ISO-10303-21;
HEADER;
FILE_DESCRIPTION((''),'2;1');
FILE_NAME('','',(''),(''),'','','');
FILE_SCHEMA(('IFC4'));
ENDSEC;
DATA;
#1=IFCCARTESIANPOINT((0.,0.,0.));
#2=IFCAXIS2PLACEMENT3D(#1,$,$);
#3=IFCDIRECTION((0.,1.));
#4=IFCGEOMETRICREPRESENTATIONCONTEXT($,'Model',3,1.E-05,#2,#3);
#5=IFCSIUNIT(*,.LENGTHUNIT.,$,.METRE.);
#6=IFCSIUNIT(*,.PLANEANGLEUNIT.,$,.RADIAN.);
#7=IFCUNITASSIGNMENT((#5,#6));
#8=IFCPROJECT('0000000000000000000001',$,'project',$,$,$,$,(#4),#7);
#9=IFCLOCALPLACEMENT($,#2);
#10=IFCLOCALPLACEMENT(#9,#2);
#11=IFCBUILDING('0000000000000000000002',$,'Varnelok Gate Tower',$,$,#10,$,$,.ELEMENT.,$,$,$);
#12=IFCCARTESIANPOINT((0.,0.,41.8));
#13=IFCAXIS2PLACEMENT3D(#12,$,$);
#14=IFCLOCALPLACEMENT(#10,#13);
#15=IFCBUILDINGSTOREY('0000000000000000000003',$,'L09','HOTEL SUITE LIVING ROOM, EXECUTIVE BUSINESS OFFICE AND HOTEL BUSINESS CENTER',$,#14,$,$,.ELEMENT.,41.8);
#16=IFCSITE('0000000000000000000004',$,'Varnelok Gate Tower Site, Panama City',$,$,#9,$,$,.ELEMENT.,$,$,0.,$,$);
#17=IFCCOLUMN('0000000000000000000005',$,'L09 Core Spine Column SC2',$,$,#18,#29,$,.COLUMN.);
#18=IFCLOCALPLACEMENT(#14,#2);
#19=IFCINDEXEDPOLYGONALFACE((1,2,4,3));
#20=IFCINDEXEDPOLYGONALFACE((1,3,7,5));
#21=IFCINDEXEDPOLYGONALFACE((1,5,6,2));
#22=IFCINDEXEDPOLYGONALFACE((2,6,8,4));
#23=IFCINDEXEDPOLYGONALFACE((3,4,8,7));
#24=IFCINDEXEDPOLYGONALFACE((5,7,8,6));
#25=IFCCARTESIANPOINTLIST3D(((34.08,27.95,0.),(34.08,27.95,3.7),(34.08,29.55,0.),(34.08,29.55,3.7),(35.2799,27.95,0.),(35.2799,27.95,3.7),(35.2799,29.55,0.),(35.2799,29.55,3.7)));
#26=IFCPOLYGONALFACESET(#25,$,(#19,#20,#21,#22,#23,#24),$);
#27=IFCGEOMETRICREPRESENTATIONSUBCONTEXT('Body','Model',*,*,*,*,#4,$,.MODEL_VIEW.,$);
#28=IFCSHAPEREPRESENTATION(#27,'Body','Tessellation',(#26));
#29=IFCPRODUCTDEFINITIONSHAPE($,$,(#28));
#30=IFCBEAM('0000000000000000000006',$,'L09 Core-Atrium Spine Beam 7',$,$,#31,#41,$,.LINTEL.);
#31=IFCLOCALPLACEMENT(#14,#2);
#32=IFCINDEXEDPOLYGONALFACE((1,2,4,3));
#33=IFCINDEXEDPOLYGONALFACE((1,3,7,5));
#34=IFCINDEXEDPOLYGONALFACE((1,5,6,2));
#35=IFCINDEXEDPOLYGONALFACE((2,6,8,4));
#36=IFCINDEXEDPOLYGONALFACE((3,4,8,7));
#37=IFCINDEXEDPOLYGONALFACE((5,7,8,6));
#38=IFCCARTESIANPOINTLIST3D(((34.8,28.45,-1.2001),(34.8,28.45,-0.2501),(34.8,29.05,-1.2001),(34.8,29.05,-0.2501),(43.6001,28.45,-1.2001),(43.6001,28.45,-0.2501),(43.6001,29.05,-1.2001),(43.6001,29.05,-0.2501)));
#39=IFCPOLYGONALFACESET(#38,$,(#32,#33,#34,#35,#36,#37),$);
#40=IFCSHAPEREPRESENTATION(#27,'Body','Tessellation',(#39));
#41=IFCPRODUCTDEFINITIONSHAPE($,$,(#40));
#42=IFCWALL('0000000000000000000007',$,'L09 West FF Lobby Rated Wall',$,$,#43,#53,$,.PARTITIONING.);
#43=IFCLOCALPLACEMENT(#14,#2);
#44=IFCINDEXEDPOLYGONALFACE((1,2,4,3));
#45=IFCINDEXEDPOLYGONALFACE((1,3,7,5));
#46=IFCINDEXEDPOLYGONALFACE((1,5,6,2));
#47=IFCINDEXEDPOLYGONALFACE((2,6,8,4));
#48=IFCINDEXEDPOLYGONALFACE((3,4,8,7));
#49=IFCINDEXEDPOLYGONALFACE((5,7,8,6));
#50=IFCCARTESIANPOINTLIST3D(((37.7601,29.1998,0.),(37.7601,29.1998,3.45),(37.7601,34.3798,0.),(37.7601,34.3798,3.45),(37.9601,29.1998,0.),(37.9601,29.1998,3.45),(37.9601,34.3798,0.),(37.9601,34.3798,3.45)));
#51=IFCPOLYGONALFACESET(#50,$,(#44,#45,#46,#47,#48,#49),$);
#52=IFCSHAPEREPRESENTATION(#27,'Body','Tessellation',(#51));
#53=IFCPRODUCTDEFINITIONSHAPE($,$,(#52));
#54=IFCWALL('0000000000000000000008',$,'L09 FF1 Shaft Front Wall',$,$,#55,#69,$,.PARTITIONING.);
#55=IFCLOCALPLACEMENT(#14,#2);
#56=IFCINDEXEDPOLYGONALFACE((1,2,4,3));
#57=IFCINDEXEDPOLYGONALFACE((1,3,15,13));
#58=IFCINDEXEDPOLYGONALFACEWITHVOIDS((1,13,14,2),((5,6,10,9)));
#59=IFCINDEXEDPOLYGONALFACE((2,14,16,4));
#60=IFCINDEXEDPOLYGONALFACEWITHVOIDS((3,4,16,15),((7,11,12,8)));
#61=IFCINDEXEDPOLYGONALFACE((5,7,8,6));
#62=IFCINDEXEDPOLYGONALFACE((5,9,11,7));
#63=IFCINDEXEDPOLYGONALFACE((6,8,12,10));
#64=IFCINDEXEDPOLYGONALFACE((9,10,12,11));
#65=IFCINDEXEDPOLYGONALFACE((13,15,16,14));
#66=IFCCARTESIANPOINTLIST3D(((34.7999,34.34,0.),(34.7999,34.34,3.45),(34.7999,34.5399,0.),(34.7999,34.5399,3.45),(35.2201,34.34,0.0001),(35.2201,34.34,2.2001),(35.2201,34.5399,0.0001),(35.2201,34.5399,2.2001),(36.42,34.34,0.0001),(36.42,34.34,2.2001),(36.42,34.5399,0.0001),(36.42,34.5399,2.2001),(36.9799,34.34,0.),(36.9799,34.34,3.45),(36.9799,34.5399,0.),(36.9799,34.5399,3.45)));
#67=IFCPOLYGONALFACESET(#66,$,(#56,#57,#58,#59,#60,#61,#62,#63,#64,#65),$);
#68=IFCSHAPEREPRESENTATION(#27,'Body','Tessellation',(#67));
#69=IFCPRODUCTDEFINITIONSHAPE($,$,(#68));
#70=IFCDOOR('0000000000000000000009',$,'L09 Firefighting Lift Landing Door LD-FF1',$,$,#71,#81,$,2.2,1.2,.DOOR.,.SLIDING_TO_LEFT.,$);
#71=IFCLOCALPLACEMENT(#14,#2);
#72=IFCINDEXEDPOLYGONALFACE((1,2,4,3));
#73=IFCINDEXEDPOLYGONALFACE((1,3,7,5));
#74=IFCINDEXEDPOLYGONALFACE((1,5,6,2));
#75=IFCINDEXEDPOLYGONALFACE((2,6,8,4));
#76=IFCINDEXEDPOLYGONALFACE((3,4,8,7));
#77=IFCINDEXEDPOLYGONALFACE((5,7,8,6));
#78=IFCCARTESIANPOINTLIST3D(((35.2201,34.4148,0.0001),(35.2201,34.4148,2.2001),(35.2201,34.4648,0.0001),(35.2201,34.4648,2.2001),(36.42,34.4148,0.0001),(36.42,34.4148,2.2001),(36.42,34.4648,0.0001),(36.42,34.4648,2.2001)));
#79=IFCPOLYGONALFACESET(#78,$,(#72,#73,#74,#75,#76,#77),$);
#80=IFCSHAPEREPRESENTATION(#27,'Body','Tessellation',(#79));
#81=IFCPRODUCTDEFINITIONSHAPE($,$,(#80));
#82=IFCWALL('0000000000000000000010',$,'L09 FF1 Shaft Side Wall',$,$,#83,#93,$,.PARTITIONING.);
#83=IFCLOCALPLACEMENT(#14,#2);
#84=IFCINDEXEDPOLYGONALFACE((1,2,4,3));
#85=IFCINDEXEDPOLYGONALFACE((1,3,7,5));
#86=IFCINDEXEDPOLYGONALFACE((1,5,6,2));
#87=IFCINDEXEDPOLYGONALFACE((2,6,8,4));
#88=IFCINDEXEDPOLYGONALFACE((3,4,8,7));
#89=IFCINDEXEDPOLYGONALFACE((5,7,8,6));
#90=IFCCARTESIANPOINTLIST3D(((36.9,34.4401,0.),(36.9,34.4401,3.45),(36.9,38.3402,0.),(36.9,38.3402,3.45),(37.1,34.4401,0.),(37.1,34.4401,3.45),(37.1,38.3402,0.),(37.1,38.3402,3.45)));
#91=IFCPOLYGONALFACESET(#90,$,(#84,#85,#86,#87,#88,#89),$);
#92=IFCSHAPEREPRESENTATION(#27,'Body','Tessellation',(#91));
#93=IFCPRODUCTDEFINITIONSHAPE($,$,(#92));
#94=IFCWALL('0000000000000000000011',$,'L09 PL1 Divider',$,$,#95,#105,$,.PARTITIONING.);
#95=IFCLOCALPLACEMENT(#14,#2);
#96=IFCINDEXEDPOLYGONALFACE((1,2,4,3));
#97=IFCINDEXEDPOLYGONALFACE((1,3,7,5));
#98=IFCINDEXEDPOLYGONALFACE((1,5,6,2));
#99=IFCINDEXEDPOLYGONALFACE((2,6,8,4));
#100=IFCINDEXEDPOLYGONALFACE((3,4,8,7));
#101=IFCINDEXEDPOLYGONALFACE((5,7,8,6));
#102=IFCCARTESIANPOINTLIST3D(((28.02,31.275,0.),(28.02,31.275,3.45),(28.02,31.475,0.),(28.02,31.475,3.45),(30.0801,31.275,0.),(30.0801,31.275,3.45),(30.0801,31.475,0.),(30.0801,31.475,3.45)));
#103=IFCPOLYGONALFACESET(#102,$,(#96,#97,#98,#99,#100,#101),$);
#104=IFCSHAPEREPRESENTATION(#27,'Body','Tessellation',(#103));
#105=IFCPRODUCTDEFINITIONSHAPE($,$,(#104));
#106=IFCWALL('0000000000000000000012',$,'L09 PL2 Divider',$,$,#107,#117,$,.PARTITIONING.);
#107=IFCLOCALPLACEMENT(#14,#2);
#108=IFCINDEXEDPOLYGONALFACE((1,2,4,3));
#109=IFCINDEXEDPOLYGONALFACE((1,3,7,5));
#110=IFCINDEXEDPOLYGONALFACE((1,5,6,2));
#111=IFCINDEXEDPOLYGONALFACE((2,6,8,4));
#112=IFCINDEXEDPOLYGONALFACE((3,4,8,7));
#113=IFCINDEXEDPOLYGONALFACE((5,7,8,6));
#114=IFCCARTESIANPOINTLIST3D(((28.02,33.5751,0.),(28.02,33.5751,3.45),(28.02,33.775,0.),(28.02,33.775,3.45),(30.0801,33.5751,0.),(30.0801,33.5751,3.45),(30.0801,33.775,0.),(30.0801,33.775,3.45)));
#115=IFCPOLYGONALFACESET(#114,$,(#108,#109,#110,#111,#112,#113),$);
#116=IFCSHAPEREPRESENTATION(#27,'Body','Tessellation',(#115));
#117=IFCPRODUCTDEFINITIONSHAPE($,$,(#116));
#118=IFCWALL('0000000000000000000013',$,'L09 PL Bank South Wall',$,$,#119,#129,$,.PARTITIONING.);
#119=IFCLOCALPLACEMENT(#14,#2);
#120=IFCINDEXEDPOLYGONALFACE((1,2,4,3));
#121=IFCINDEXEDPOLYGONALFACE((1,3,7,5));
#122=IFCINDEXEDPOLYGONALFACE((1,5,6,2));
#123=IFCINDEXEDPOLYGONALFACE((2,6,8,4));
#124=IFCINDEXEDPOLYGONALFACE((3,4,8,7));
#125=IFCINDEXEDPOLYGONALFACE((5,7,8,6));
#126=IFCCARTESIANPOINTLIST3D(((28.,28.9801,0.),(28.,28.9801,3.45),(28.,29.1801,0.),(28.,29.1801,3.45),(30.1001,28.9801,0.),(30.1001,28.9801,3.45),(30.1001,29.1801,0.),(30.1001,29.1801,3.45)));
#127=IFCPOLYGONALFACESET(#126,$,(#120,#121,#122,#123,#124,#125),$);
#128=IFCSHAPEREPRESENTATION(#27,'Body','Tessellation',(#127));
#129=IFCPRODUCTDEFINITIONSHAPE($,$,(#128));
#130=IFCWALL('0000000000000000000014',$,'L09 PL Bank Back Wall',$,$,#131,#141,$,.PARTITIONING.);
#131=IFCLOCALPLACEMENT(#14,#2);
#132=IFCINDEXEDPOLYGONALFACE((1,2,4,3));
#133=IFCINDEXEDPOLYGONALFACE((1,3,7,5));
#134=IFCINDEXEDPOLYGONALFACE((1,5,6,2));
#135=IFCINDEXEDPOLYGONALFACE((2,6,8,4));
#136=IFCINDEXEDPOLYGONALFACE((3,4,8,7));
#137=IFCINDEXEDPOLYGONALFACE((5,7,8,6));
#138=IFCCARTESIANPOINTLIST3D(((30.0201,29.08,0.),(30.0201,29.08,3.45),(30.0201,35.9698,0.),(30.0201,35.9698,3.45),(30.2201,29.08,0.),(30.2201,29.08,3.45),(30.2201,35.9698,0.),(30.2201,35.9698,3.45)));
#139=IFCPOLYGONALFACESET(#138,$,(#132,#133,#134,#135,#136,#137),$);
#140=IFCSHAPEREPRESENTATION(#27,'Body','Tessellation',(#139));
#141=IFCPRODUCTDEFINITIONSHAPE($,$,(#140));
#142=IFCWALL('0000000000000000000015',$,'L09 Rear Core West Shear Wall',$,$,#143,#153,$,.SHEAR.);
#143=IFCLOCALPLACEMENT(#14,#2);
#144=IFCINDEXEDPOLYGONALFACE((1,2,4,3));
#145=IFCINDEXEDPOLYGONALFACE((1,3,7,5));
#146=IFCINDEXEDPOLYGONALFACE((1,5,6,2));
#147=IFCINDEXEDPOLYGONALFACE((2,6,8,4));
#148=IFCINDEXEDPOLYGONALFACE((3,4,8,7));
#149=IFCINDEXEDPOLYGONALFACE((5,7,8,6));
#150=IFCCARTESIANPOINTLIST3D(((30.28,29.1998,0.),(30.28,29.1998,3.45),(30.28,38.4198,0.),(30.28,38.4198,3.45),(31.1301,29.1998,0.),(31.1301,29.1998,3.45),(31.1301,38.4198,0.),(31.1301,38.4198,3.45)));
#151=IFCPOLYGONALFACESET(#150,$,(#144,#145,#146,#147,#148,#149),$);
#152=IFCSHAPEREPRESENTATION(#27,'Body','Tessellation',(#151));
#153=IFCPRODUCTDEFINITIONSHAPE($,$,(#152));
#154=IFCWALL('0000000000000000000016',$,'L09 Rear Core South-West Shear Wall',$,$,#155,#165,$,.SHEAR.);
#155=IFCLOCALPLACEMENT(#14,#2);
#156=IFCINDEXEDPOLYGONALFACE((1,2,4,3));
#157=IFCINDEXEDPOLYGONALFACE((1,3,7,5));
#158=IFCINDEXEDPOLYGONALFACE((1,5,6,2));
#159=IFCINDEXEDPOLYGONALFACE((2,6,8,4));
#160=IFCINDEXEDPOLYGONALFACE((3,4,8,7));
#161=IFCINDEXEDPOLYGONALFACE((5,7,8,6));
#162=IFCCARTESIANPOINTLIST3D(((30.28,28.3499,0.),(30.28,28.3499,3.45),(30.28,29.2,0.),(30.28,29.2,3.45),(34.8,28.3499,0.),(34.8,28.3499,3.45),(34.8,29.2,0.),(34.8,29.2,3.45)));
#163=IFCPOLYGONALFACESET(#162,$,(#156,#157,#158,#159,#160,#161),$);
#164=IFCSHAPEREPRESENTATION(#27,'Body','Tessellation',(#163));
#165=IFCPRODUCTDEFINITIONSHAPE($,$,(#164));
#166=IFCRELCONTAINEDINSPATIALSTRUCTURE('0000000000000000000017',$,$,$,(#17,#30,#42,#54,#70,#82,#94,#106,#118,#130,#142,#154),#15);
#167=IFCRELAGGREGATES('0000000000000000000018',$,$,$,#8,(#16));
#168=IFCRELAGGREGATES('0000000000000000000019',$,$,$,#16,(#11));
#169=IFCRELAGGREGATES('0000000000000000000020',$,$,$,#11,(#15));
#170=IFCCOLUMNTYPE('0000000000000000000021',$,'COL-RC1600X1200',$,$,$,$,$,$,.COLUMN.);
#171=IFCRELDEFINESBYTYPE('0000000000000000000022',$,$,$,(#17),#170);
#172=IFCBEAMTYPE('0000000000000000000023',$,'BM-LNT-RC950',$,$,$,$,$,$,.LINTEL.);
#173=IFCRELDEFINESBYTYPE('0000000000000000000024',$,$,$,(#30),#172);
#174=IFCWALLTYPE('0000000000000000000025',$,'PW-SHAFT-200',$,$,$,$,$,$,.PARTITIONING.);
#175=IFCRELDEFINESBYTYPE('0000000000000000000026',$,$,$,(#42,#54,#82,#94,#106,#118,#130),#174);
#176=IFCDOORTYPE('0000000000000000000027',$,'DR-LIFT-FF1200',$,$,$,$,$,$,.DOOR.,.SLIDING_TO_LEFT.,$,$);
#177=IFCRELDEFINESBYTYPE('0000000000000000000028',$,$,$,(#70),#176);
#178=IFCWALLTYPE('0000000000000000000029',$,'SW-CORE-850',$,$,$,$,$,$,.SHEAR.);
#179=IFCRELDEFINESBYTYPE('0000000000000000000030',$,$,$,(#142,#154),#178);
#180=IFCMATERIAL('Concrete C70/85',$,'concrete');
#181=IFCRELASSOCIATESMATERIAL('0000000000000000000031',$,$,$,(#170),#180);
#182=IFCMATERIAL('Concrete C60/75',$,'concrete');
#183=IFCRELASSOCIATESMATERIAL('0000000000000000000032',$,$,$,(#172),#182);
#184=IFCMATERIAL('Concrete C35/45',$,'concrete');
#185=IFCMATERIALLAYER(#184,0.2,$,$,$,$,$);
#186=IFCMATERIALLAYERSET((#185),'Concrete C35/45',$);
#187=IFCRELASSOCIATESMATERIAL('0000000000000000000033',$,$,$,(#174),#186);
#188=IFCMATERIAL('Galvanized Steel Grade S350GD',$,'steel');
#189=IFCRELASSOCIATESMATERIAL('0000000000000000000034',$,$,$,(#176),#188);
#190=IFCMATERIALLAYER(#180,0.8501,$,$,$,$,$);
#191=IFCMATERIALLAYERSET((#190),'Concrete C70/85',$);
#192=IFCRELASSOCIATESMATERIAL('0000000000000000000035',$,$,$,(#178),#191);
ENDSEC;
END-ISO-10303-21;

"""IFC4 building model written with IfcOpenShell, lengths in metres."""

from ifc_helpers import new_model, si_unit, direction, frame, frame_2d, origin, origin_2d, place, context, subcontext, project, spatial, rectangle, extrude, material, layer, layer_set, material_profile, profile_set, type_object, element, fill, save


model = new_model("IFC4")

# Units and contexts
model_context = context("Model", 3, precision=1e-05, world=origin(), true_north=direction((0.0, 1.0)))
body_context = subcontext(model_context, "Body", "Model", "MODEL_VIEW")
ifc_project = project(units=[si_unit("LENGTHUNIT", "METRE"), si_unit("PLANEANGLEUNIT", "RADIAN")], contexts=[model_context])

# Site, building, storey
site_placement = place(None, origin())
site = spatial("IfcSite", under=ifc_project, at=site_placement, Name="Varnelok Gate Tower Site, Panama City", CompositionType="ELEMENT", RefElevation=0.0)
building_placement = place(site_placement, origin())
building = spatial("IfcBuilding", under=site, at=building_placement, Name="Varnelok Gate Tower", CompositionType="ELEMENT")
storey_placement = place(building_placement, frame((0.0, 0.0, 41.8)))
storey = spatial("IfcBuildingStorey", under=building, at=storey_placement, Name="L09", Description="HOTEL SUITE LIVING ROOM, EXECUTIVE BUSINESS OFFICE AND HOTEL BUSINESS CENTER", CompositionType="ELEMENT", Elevation=41.8)

# Column
ifc_material_1 = material(Name="Concrete C70/85", Category="concrete")
ifc_material_profile_1 = material_profile(ifc_material_1, rectangle(XDim=1.2, YDim=1.6001, at=origin_2d()), Name="RC1600X1200")
ifc_profile_set_1 = profile_set([ifc_material_profile_1], Name="Concrete C70/85")
column_type = type_object("IfcColumnType", Name="COL-RC1600X1200", PredefinedType="COLUMN", material=ifc_profile_set_1)
column_placement = place(storey_placement, frame((34.6799, 28.75, 0.0), z_axis=(0.0, 0.0, 1.0), x_axis=(1.0, 0.0, 0.0)))
element("IfcColumn", 1, at=column_placement, inside=storey, type_object=column_type, Name="L09 Core Spine Column SC2", PredefinedType="COLUMN", context=body_context, shape_type="SweptSolid", body=[
    extrude(rectangle(XDim=1.2, YDim=1.6001, at=origin_2d()), origin(), (0.0, 0.0, 1.0), 3.7),
])

# Beam
ifc_material_2 = material(Name="Concrete C60/75", Category="concrete")
ifc_material_profile_2 = material_profile(ifc_material_2, rectangle(XDim=0.6001, YDim=0.95, at=origin_2d()), Name="RC950X600")
ifc_profile_set_2 = profile_set([ifc_material_profile_2], Name="Concrete C60/75")
beam_type = type_object("IfcBeamType", Name="BM-LNT-RC950", PredefinedType="LINTEL", material=ifc_profile_set_2)
beam_placement = place(storey_placement, frame((34.8, 28.75, -0.7251), z_axis=(1.0, 0.0, 0.0), x_axis=(0.0, 1.0, 0.0)))
element("IfcBeam", 2, at=beam_placement, inside=storey, type_object=beam_type, Name="L09 Core-Atrium Spine Beam 7", PredefinedType="LINTEL", context=body_context, shape_type="SweptSolid", body=[
    extrude(rectangle(XDim=0.6001, YDim=0.95, at=origin_2d()), origin(), (0.0, 0.0, 1.0), 8.8),
])

# Wall
ifc_material_3 = material(Name="Concrete C35/45", Category="concrete")
ifc_layer_1 = layer(ifc_material_3, 0.2)
ifc_layer_set_1 = layer_set([ifc_layer_1], Name="Concrete C35/45")
wall_type_1 = type_object("IfcWallType", Name="PW-SHAFT-200", PredefinedType="PARTITIONING", material=ifc_layer_set_1)
wall_1_placement = place(storey_placement, frame((37.8601, 29.2, 0.0), z_axis=(0.0, 0.0, 1.0), x_axis=(0.0, 1.0, 0.0)))
element("IfcWall", 3, at=wall_1_placement, inside=storey, type_object=wall_type_1, Name="L09 West FF Lobby Rated Wall", PredefinedType="PARTITIONING", context=body_context, shape_type="SweptSolid", body=[
    extrude(rectangle(XDim=5.1799, YDim=0.2, at=frame_2d((2.5898, 0.0))), origin(), (0.0, 0.0, 1.0), 3.45),
])

# Wall, opening, door
wall_2_placement = place(storey_placement, frame((34.8, 34.4399, 0.0), z_axis=(0.0, 0.0, 1.0), x_axis=(1.0, 0.0, 0.0)))
wall_2 = element("IfcWall", 4, at=wall_2_placement, inside=storey, type_object=wall_type_1, Name="L09 FF1 Shaft Front Wall", PredefinedType="PARTITIONING", context=body_context, shape_type="SweptSolid", body=[
    extrude(rectangle(XDim=2.1799, YDim=0.2, at=frame_2d((1.0898, 0.0))), origin(), (0.0, 0.0, 1.0), 3.45),
])
opening_1_placement = place(wall_2_placement, frame((0.4199, 0.0, 0.0)))
opening_1 = element("IfcOpeningElement", 5, at=opening_1_placement, cuts=wall_2, PredefinedType="OPENING", context=body_context, shape_type="SweptSolid", body=[
    extrude(rectangle(XDim=1.2, YDim=2.2, at=frame_2d((0.6001, 1.1001))), frame((0.0, 0.1099, 0.0), z_axis=(0.0, -1.0, 0.0), x_axis=(1.0, 0.0, 0.0)), (0.0, 0.0, 1.0), 0.22),
])
ifc_material_4 = material(Name="Galvanized Steel Grade S350GD", Category="steel")
door_type_1 = type_object("IfcDoorType", Name="DR-LIFT-FF1200", OperationType="SLIDING_TO_LEFT", PredefinedType="DOOR", material=ifc_material_4)
door_1_placement = place(opening_1_placement, origin())
door_1 = element("IfcDoor", 6, at=door_1_placement, inside=storey, type_object=door_type_1, Name="L09 Firefighting Lift Landing Door LD-FF1", OperationType="SLIDING_TO_LEFT", OverallHeight=2.2, OverallWidth=1.2, PredefinedType="DOOR", context=body_context, shape_type="SweptSolid", body=[
    extrude(rectangle(XDim=1.2, YDim=2.2, at=frame_2d((0.6001, 1.1001))), frame((0.0, 0.0249, 0.0), z_axis=(0.0, -1.0, 0.0), x_axis=(1.0, 0.0, 0.0)), (0.0, 0.0, 1.0), 0.05),
])
fill(opening_1, door_1)

# Walls
wall_3_placement = place(storey_placement, frame((37.0, 34.4399, 0.0), z_axis=(0.0, 0.0, 1.0), x_axis=(0.0, 1.0, 0.0)))
element("IfcWall", 7, at=wall_3_placement, inside=storey, type_object=wall_type_1, Name="L09 FF1 Shaft Side Wall", PredefinedType="PARTITIONING", context=body_context, shape_type="SweptSolid", body=[
    extrude(rectangle(XDim=3.9001, YDim=0.2, at=frame_2d((1.9502, 0.0))), origin(), (0.0, 0.0, 1.0), 3.45),
])
for number, where, z_axis, x_axis, name in (
    (8, (28.02, 31.375, 0.0), (0.0, 0.0, 1.0), (1.0, 0.0, 0.0), "L09 PL1 Divider"),
    (9, (28.02, 33.675, 0.0), (0.0, 0.0, 1.0), (1.0, 0.0, 0.0), "L09 PL2 Divider"),
):
    element("IfcWall", number, at=place(storey_placement, frame(where, z_axis=z_axis, x_axis=x_axis)), inside=storey, type_object=wall_type_1, Name=name, PredefinedType="PARTITIONING", context=body_context, shape_type="SweptSolid", body=[
        extrude(rectangle(XDim=2.0601, YDim=0.2, at=frame_2d((1.03, 0.0))), origin(), (0.0, 0.0, 1.0), 3.45),
    ])
wall_4_placement = place(storey_placement, frame((28.0, 29.0801, 0.0), z_axis=(0.0, 0.0, 1.0), x_axis=(1.0, 0.0, 0.0)))
element("IfcWall", 10, at=wall_4_placement, inside=storey, type_object=wall_type_1, Name="L09 PL Bank South Wall", PredefinedType="PARTITIONING", context=body_context, shape_type="SweptSolid", body=[
    extrude(rectangle(XDim=2.1001, YDim=0.2, at=frame_2d((1.05, 0.0))), origin(), (0.0, 0.0, 1.0), 3.45),
])
wall_5_placement = place(storey_placement, frame((30.1201, 29.0801, 0.0), z_axis=(0.0, 0.0, 1.0), x_axis=(0.0, 1.0, 0.0)))
element("IfcWall", 11, at=wall_5_placement, inside=storey, type_object=wall_type_1, Name="L09 PL Bank Back Wall", PredefinedType="PARTITIONING", context=body_context, shape_type="SweptSolid", body=[
    extrude(rectangle(XDim=6.8899, YDim=0.2, at=frame_2d((3.4448, 0.0))), origin(), (0.0, 0.0, 1.0), 3.45),
])

# Walls
ifc_layer_2 = layer(ifc_material_1, 0.8501)
ifc_layer_set_2 = layer_set([ifc_layer_2], Name="Concrete C70/85")
wall_type_2 = type_object("IfcWallType", Name="SW-CORE-850", PredefinedType="SHEAR", material=ifc_layer_set_2)
wall_6_placement = place(storey_placement, frame((30.7051, 29.2, 0.0), z_axis=(0.0, 0.0, 1.0), x_axis=(0.0, 1.0, 0.0)))
element("IfcWall", 12, at=wall_6_placement, inside=storey, type_object=wall_type_2, Name="L09 Rear Core West Shear Wall", PredefinedType="SHEAR", context=body_context, shape_type="SweptSolid", body=[
    extrude(rectangle(XDim=9.22, YDim=0.8501, at=frame_2d((4.6099, 0.0))), origin(), (0.0, 0.0, 1.0), 3.45),
])
wall_7_placement = place(storey_placement, frame((30.28, 28.7749, 0.0), z_axis=(0.0, 0.0, 1.0), x_axis=(1.0, 0.0, 0.0)))
element("IfcWall", 13, at=wall_7_placement, inside=storey, type_object=wall_type_2, Name="L09 Rear Core South-West Shear Wall", PredefinedType="SHEAR", context=body_context, shape_type="SweptSolid", body=[
    extrude(rectangle(XDim=4.52, YDim=0.8501, at=frame_2d((2.26, 0.0))), origin(), (0.0, 0.0, 1.0), 3.45),
])

save(model, "model.ifc")
